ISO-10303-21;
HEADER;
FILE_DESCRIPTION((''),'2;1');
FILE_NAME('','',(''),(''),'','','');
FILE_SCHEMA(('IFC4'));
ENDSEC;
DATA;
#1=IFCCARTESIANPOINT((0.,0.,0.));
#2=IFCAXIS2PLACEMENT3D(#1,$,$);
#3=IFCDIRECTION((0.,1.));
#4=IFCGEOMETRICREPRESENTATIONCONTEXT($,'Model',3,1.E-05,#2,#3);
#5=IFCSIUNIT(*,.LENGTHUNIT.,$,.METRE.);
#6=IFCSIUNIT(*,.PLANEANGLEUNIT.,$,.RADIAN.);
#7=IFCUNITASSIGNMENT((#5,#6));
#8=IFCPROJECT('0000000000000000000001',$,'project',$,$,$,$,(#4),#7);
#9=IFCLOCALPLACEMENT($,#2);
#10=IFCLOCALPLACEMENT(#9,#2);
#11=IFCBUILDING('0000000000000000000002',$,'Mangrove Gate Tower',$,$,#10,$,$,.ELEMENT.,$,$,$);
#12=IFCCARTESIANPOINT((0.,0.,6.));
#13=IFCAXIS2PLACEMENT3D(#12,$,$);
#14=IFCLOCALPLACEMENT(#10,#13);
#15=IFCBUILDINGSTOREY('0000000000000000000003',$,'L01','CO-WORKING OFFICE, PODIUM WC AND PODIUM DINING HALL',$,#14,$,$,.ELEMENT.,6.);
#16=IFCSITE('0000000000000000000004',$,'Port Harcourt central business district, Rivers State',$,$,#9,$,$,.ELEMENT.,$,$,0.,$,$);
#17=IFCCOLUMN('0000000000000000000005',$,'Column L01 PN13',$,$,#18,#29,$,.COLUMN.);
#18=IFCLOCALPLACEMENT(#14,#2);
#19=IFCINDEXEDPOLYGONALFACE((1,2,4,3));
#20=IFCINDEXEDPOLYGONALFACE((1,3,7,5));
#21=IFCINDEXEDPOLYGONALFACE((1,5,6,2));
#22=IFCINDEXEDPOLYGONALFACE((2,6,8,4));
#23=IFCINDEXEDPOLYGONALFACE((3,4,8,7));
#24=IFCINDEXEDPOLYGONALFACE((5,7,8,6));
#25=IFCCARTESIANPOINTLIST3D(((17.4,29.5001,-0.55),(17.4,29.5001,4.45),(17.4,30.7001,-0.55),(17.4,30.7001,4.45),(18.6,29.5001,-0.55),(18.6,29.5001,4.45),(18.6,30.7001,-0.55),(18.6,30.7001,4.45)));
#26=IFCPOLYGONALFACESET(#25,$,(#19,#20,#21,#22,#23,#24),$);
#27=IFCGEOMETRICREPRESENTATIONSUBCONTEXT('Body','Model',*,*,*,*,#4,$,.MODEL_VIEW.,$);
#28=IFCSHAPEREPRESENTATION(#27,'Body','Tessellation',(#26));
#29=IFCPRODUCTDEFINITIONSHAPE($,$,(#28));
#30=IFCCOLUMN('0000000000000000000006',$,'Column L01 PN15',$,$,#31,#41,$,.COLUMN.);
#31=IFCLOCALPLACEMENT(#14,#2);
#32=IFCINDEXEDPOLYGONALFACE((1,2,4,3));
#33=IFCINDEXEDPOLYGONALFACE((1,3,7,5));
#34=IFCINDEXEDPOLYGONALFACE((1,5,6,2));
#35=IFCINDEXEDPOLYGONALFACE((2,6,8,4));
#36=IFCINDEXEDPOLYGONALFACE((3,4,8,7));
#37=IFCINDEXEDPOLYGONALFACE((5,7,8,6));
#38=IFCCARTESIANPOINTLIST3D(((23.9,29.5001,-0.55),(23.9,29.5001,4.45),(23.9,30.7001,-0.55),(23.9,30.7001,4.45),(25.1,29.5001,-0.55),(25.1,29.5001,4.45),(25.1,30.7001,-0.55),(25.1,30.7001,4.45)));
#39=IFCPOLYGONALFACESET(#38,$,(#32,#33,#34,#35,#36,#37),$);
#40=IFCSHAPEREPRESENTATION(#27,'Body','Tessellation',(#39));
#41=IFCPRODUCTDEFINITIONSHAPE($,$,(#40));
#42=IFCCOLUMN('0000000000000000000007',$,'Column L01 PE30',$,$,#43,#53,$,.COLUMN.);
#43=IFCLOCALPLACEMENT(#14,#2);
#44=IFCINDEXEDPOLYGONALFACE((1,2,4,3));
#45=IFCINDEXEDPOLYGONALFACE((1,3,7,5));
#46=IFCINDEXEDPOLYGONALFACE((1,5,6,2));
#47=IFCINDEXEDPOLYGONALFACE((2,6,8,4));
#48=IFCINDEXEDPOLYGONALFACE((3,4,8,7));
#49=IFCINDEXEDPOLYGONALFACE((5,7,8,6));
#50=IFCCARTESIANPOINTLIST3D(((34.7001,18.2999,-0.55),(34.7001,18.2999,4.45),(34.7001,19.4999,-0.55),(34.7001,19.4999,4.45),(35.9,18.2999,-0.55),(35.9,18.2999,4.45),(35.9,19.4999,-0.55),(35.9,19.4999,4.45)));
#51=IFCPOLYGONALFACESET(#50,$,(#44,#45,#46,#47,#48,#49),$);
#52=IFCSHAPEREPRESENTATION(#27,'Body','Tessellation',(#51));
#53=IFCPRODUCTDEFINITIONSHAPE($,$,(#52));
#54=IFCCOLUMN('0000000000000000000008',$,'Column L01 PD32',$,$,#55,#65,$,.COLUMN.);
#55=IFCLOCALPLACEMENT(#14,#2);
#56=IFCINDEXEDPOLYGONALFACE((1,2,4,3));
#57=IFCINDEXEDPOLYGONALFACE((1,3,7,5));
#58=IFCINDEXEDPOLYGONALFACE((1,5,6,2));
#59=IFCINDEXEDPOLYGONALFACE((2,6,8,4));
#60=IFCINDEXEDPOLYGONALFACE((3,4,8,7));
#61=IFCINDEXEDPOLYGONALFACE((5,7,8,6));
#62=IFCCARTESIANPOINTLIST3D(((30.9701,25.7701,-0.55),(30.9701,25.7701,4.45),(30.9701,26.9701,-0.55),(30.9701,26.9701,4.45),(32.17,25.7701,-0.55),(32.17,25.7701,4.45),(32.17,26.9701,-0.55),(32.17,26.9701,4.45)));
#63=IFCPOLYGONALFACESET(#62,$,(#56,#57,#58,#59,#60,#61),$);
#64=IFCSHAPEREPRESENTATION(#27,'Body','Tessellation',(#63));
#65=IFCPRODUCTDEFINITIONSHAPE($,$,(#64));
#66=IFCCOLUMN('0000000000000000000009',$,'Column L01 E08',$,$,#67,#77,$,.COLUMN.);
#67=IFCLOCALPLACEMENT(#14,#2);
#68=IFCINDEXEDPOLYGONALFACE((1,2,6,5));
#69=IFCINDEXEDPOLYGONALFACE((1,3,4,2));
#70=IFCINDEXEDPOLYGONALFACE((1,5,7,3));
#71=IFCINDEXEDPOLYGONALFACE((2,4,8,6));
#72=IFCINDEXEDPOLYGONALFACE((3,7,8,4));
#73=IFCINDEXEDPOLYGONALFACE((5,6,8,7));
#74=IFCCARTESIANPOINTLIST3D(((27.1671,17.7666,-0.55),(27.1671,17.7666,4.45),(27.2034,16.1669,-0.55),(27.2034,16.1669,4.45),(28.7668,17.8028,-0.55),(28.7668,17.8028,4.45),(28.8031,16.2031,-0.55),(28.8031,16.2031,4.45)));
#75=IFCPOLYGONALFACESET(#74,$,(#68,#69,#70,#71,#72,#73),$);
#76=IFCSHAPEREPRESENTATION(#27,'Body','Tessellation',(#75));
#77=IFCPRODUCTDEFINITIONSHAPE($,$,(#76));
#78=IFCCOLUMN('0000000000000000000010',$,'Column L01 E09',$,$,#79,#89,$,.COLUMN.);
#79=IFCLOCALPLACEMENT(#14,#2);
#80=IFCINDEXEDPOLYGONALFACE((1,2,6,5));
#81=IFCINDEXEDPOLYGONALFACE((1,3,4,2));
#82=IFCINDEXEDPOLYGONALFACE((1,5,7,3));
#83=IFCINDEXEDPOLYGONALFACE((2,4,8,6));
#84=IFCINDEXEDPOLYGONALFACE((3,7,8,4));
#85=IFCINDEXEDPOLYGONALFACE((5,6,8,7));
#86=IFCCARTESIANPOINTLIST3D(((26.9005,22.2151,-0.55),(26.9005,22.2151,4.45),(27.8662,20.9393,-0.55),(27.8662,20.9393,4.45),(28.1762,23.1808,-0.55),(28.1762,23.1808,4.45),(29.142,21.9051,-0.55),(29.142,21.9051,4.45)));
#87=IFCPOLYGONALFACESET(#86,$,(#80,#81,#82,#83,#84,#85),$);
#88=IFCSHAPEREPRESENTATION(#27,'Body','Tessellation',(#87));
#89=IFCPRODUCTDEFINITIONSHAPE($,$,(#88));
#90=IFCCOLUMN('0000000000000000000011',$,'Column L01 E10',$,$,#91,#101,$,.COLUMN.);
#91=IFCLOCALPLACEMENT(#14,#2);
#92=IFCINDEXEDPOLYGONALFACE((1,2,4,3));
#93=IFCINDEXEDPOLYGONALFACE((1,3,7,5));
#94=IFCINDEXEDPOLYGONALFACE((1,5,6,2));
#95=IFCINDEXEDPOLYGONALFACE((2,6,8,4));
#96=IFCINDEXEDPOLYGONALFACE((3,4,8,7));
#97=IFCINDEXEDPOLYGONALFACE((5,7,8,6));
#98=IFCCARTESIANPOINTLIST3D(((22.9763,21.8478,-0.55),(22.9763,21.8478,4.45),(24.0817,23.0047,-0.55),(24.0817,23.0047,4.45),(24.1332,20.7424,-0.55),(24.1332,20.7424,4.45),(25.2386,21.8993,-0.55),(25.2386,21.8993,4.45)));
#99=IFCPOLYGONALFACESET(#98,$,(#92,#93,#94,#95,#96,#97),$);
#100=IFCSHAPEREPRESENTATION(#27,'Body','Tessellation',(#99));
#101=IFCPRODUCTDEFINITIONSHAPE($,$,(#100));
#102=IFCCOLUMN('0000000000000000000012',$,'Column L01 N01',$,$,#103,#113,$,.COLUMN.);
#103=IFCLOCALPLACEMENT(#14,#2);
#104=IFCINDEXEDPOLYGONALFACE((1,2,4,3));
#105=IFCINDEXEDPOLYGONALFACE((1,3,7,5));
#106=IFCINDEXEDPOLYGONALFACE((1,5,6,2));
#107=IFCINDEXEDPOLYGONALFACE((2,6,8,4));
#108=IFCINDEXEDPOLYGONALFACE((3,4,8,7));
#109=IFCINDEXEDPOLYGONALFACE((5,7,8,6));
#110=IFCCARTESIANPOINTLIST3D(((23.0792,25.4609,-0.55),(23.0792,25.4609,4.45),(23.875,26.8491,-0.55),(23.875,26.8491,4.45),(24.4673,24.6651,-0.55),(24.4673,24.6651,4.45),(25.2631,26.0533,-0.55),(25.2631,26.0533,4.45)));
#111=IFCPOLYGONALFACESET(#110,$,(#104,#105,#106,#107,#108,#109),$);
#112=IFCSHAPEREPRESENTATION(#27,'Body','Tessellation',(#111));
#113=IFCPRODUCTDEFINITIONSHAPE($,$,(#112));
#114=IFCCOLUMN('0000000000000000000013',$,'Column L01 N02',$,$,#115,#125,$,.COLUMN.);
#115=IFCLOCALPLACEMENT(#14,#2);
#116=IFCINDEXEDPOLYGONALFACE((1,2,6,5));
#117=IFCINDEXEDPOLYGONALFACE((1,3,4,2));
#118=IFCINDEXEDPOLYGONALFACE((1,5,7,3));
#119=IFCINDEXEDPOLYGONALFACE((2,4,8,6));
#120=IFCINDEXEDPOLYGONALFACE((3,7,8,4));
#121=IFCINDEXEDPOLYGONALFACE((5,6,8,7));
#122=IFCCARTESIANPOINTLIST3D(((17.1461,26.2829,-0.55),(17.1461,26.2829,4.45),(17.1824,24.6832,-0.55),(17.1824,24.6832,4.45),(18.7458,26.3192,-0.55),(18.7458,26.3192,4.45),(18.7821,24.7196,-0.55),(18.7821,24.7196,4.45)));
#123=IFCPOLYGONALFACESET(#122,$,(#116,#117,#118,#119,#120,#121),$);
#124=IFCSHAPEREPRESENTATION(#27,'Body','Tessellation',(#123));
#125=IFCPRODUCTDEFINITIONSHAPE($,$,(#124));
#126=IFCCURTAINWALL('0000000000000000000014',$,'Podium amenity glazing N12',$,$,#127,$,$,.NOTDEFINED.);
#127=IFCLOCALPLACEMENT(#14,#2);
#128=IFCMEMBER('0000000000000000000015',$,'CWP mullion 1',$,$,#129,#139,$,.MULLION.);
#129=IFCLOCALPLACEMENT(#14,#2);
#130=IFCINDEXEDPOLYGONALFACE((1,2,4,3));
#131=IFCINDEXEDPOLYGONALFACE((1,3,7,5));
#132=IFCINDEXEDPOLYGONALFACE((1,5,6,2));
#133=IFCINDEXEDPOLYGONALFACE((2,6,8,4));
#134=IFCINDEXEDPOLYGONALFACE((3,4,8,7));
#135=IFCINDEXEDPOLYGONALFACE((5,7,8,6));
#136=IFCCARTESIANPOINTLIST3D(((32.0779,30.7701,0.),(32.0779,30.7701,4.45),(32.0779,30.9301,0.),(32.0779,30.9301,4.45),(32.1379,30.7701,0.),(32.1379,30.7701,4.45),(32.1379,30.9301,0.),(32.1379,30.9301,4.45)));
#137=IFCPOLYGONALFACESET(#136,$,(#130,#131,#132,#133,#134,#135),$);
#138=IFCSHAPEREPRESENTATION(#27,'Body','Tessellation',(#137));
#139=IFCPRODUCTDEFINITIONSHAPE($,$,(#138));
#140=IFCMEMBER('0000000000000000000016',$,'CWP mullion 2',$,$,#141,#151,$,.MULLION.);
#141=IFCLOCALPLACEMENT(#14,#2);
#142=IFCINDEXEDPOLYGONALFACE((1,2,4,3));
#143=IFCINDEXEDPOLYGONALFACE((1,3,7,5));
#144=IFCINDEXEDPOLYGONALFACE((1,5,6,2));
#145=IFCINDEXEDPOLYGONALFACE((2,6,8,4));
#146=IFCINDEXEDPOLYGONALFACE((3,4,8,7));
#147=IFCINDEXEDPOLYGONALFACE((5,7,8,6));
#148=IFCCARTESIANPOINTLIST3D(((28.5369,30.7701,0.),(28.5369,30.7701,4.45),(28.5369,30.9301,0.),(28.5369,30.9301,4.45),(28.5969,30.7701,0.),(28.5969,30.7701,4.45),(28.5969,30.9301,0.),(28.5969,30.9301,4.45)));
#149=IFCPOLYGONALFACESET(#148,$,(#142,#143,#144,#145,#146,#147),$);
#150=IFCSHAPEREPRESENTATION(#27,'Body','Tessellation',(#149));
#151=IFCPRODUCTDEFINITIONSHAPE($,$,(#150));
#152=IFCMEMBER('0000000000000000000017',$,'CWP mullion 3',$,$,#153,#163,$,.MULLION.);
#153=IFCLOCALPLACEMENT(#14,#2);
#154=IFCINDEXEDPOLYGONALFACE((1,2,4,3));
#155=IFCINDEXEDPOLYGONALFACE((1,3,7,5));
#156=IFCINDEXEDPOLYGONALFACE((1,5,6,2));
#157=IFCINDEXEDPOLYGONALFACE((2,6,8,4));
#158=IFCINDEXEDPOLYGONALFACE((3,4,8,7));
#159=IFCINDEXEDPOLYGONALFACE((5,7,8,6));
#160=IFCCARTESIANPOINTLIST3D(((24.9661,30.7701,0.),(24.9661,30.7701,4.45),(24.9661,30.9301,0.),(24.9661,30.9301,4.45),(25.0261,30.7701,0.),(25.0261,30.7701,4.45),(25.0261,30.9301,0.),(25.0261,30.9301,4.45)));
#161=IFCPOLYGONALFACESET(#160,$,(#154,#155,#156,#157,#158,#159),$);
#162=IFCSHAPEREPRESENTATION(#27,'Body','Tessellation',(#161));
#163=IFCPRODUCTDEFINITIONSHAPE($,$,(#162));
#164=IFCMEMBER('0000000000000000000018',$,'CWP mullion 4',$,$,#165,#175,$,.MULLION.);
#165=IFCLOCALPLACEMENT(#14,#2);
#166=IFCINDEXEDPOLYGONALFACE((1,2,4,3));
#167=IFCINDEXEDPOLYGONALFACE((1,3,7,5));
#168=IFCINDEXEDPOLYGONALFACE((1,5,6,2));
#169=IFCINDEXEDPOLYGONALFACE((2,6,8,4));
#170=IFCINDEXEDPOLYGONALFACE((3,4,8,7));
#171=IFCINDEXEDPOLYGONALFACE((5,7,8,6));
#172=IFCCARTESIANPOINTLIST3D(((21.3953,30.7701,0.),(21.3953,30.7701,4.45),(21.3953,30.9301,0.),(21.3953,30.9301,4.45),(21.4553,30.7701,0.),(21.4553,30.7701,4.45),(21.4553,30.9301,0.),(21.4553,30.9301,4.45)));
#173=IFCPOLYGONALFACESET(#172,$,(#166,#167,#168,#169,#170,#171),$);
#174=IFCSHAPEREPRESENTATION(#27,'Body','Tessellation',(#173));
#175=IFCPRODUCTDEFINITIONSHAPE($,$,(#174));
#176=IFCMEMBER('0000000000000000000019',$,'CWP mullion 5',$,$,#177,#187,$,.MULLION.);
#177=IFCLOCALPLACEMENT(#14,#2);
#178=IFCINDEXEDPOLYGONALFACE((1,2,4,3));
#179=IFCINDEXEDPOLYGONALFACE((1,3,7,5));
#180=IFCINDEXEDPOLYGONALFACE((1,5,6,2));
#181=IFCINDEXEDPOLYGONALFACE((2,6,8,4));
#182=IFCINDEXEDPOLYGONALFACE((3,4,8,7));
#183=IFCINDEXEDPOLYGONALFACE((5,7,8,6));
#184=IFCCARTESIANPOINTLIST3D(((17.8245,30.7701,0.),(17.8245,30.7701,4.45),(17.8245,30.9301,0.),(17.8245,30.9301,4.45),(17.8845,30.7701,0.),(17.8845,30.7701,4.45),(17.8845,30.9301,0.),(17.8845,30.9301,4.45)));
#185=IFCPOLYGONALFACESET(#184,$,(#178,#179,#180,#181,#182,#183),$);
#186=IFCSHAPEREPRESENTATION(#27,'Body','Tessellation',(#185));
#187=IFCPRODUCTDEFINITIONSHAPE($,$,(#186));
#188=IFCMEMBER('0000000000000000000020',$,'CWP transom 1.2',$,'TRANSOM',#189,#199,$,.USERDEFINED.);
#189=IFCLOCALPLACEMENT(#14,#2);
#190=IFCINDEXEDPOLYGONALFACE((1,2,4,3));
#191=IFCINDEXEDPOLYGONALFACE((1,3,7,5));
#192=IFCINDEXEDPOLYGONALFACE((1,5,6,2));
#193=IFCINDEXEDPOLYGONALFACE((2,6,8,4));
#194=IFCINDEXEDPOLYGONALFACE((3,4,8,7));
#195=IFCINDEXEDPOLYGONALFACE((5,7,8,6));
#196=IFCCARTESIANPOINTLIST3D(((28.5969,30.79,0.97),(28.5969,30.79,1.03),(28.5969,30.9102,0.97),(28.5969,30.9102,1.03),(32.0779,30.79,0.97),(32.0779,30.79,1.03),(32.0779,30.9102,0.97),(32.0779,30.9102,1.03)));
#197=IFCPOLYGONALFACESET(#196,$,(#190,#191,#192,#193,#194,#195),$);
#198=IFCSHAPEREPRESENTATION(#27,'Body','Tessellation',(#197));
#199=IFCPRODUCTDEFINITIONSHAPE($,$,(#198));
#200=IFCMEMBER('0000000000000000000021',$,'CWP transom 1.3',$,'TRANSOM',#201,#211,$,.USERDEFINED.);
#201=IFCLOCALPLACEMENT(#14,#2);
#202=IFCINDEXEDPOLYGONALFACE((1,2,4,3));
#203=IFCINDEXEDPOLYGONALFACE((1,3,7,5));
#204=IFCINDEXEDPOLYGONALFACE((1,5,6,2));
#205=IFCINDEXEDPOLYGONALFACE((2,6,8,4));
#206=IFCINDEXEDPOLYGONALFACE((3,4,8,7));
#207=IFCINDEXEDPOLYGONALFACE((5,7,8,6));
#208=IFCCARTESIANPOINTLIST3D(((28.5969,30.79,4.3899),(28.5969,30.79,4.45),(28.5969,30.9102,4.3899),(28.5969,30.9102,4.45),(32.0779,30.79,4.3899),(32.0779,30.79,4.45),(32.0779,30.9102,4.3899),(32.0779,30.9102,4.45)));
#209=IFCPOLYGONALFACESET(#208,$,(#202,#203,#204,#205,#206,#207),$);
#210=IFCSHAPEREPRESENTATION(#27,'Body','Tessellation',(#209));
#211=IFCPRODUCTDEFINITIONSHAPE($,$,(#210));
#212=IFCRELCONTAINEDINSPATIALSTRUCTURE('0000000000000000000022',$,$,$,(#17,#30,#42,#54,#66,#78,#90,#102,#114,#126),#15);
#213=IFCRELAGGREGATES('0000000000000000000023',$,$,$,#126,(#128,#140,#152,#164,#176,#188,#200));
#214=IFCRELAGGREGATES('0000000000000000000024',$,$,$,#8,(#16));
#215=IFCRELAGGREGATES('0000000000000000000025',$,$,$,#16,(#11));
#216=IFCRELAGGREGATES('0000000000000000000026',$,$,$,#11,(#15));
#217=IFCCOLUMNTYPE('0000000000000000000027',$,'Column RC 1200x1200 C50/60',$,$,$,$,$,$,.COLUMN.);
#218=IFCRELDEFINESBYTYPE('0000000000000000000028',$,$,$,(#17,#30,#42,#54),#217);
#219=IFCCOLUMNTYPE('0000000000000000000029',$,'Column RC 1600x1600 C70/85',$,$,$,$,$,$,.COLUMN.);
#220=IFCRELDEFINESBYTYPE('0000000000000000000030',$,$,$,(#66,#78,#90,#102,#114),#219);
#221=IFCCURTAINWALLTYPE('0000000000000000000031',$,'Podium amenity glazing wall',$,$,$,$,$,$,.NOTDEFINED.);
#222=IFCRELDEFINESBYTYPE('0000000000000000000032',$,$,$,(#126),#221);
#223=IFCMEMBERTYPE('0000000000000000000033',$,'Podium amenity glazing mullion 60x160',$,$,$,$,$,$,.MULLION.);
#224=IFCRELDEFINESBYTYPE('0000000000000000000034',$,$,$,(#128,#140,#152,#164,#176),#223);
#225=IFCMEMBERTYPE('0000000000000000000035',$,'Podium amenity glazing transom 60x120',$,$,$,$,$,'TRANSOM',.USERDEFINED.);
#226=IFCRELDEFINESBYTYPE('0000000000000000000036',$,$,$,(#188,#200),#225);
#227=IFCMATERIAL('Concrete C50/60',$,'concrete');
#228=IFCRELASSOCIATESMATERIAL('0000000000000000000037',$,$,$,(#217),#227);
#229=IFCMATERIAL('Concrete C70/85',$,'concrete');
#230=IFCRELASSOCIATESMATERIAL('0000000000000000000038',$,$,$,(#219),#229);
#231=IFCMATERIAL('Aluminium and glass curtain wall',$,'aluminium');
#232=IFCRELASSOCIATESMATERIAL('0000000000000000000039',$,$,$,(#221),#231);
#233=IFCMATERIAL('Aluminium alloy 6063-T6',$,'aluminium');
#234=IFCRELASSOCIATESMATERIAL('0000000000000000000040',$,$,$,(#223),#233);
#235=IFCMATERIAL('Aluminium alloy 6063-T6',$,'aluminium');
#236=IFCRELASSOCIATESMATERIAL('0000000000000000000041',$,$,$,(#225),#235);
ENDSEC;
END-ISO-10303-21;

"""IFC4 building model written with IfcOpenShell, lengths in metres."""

from ifc_helpers import new_model, si_unit, direction, frame, origin, origin_2d, place, context, subcontext, project, spatial, rectangle, extrude, material, material_profile, profile_set, type_object, element, aggregate, save


model = new_model("IFC4")

# Units and contexts
model_context = context("Model", 3, precision=1e-05, world=origin(), true_north=direction((0.0, 1.0)))
body_context = subcontext(model_context, "Body", "Model", "MODEL_VIEW")
ifc_project = project(units=[si_unit("LENGTHUNIT", "METRE"), si_unit("PLANEANGLEUNIT", "RADIAN")], contexts=[model_context])

# Site, building, storey
site_placement = place(None, origin())
site = spatial("IfcSite", under=ifc_project, at=site_placement, Name="Port Harcourt central business district, Rivers State", CompositionType="ELEMENT", RefElevation=0.0)
building_placement = place(site_placement, origin())
building = spatial("IfcBuilding", under=site, at=building_placement, Name="Mangrove Gate Tower", CompositionType="ELEMENT")
storey_placement = place(building_placement, frame((0.0, 0.0, 6.0)))
storey = spatial("IfcBuildingStorey", under=building, at=storey_placement, Name="L01", Description="CO-WORKING OFFICE, PODIUM WC AND PODIUM DINING HALL", CompositionType="ELEMENT", Elevation=6.0)

# Columns
ifc_material_1 = material(Name="Concrete C50/60", Category="concrete")
ifc_material_profile_1 = material_profile(ifc_material_1, rectangle(XDim=1.2, YDim=1.2, at=origin_2d()))
ifc_profile_set_1 = profile_set([ifc_material_profile_1], Name="Concrete C50/60")
column_type_1 = type_object("IfcColumnType", Name="Column RC 1200x1200 C50/60", PredefinedType="COLUMN", material=ifc_profile_set_1)
for number, where, z_axis, x_axis, name in (
    (1, (18.0, 30.1001, -0.55), (0.0, 0.0, 1.0), (1.0, 0.0, 0.0), "Column L01 PN13"),
    (2, (24.5, 30.1001, -0.55), (0.0, 0.0, 1.0), (1.0, 0.0, 0.0), "Column L01 PN15"),
    (3, (35.3, 18.8999, -0.55), (0.0, 0.0, 1.0), (1.0, 0.0, 0.0), "Column L01 PE30"),
    (4, (31.5701, 26.3701, -0.55), (0.0, 0.0, 1.0), (1.0, 0.0, 0.0), "Column L01 PD32"),
):
    element("IfcColumn", number, at=place(storey_placement, frame(where, z_axis=z_axis, x_axis=x_axis)), inside=storey, type_object=column_type_1, Name=name, PredefinedType="COLUMN", context=body_context, shape_type="SweptSolid", body=[
        extrude(rectangle(XDim=1.2, YDim=1.2, at=origin_2d()), origin(), (0.0, 0.0, 1.0), 5.0),
    ])
ifc_material_2 = material(Name="Concrete C70/85", Category="concrete")
ifc_material_profile_2 = material_profile(ifc_material_2, rectangle(XDim=1.6001, YDim=1.6001, at=origin_2d()))
ifc_profile_set_2 = profile_set([ifc_material_profile_2], Name="Concrete C70/85")
column_type_2 = type_object("IfcColumnType", Name="Column RC 1600x1600 C70/85", PredefinedType="COLUMN", material=ifc_profile_set_2)
for number, where, z_axis, x_axis, name in (
    (5, (27.9851, 16.9849, -0.55), (0.0, 0.0, 1.0), (-0.022646, 0.999744, 0.0), "Column L01 E08"),
    (6, (28.0212, 22.0601, -0.55), (0.0, 0.0, 1.0), (-0.603576, 0.797306, 0.0), "Column L01 E09"),
    (7, (24.1074, 21.8735, -0.55), (0.0, 0.0, 1.0), (-0.72301, 0.690837, 0.0), "Column L01 E10"),
    (8, (24.1711, 25.7571, -0.55), (0.0, 0.0, 1.0), (-0.867551, 0.497349, 0.0), "Column L01 N01"),
    (9, (17.9641, 25.5012, -0.55), (0.0, 0.0, 1.0), (-0.999742, -0.022718, 0.0), "Column L01 N02"),
):
    element("IfcColumn", number, at=place(storey_placement, frame(where, z_axis=z_axis, x_axis=x_axis)), inside=storey, type_object=column_type_2, Name=name, PredefinedType="COLUMN", context=body_context, shape_type="SweptSolid", body=[
        extrude(rectangle(XDim=1.6001, YDim=1.6001, at=origin_2d()), origin(), (0.0, 0.0, 1.0), 5.0),
    ])

# Curtain wall, members
ifc_material_3 = material(Name="Aluminium and glass curtain wall", Category="aluminium")
curtain_wall_type = type_object("IfcCurtainWallType", Name="Podium amenity glazing wall", PredefinedType="NOTDEFINED", material=ifc_material_3)
curtain_wall_placement = place(storey_placement, origin())
curtain_wall = element("IfcCurtainWall", 10, at=curtain_wall_placement, inside=storey, type_object=curtain_wall_type, Name="Podium amenity glazing N12", PredefinedType="NOTDEFINED")
ifc_material_4 = material(Name="Aluminium alloy 6063-T6", Category="aluminium")
ifc_material_profile_3 = material_profile(ifc_material_4, rectangle(XDim=0.0601, YDim=0.1599, at=origin_2d()))
ifc_profile_set_3 = profile_set([ifc_material_profile_3], Name="Aluminium alloy 6063-T6")
member_type_1 = type_object("IfcMemberType", Name="Podium amenity glazing mullion 60x160", PredefinedType="MULLION", material=ifc_profile_set_3)
member_1_placement = place(storey_placement, frame((32.1079, 30.8501, 0.0), z_axis=(0.0, 0.0, 1.0), x_axis=(-1.0, 0.0, 0.0)))
member_1 = element("IfcMember", 11, at=member_1_placement, type_object=member_type_1, Name="CWP mullion 1", PredefinedType="MULLION", context=body_context, shape_type="SweptSolid", body=[
    extrude(rectangle(XDim=0.0601, YDim=0.1599, at=origin_2d()), origin(), (0.0, 0.0, 1.0), 4.45),
])
member_2_placement = place(storey_placement, frame((28.5669, 30.8501, 0.0), z_axis=(0.0, 0.0, 1.0), x_axis=(-1.0, 0.0, 0.0)))
member_2 = element("IfcMember", 12, at=member_2_placement, type_object=member_type_1, Name="CWP mullion 2", PredefinedType="MULLION", context=body_context, shape_type="SweptSolid", body=[
    extrude(rectangle(XDim=0.0601, YDim=0.1599, at=origin_2d()), origin(), (0.0, 0.0, 1.0), 4.45),
])
member_3_placement = place(storey_placement, frame((24.9961, 30.8501, 0.0), z_axis=(0.0, 0.0, 1.0), x_axis=(-1.0, 0.0, 0.0)))
member_3 = element("IfcMember", 13, at=member_3_placement, type_object=member_type_1, Name="CWP mullion 3", PredefinedType="MULLION", context=body_context, shape_type="SweptSolid", body=[
    extrude(rectangle(XDim=0.0601, YDim=0.1599, at=origin_2d()), origin(), (0.0, 0.0, 1.0), 4.45),
])
member_4_placement = place(storey_placement, frame((21.4253, 30.8501, 0.0), z_axis=(0.0, 0.0, 1.0), x_axis=(-1.0, 0.0, 0.0)))
member_4 = element("IfcMember", 14, at=member_4_placement, type_object=member_type_1, Name="CWP mullion 4", PredefinedType="MULLION", context=body_context, shape_type="SweptSolid", body=[
    extrude(rectangle(XDim=0.0601, YDim=0.1599, at=origin_2d()), origin(), (0.0, 0.0, 1.0), 4.45),
])
member_5_placement = place(storey_placement, frame((17.8545, 30.8501, 0.0), z_axis=(0.0, 0.0, 1.0), x_axis=(-1.0, 0.0, 0.0)))
member_5 = element("IfcMember", 15, at=member_5_placement, type_object=member_type_1, Name="CWP mullion 5", PredefinedType="MULLION", context=body_context, shape_type="SweptSolid", body=[
    extrude(rectangle(XDim=0.0601, YDim=0.1599, at=origin_2d()), origin(), (0.0, 0.0, 1.0), 4.45),
])
ifc_material_5 = material(Name="Aluminium alloy 6063-T6", Category="aluminium")
ifc_material_profile_4 = material_profile(ifc_material_5, rectangle(XDim=0.0601, YDim=0.1201, at=origin_2d()))
ifc_profile_set_4 = profile_set([ifc_material_profile_4], Name="Aluminium alloy 6063-T6")
member_type_2 = type_object("IfcMemberType", Name="Podium amenity glazing transom 60x120", ElementType="TRANSOM", PredefinedType="USERDEFINED", material=ifc_profile_set_4)
member_6_placement = place(storey_placement, frame((32.0779, 30.8501, 1.0), z_axis=(-1.0, 0.0, 0.0), x_axis=(0.0, 0.0, 1.0)))
member_6 = element("IfcMember", 16, at=member_6_placement, type_object=member_type_2, Name="CWP transom 1.2", ObjectType="TRANSOM", PredefinedType="USERDEFINED", context=body_context, shape_type="SweptSolid", body=[
    extrude(rectangle(XDim=0.0601, YDim=0.1201, at=origin_2d()), origin(), (0.0, 0.0, 1.0), 3.481),
])
member_7_placement = place(storey_placement, frame((32.0779, 30.8501, 4.4199), z_axis=(-1.0, 0.0, 0.0), x_axis=(0.0, 0.0, 1.0)))
member_7 = element("IfcMember", 17, at=member_7_placement, type_object=member_type_2, Name="CWP transom 1.3", ObjectType="TRANSOM", PredefinedType="USERDEFINED", context=body_context, shape_type="SweptSolid", body=[
    extrude(rectangle(XDim=0.0601, YDim=0.1201, at=origin_2d()), origin(), (0.0, 0.0, 1.0), 3.481),
])
aggregate(curtain_wall, [member_1, member_2, member_3, member_4, member_5, member_6, member_7])

save(model, "model.ifc")
